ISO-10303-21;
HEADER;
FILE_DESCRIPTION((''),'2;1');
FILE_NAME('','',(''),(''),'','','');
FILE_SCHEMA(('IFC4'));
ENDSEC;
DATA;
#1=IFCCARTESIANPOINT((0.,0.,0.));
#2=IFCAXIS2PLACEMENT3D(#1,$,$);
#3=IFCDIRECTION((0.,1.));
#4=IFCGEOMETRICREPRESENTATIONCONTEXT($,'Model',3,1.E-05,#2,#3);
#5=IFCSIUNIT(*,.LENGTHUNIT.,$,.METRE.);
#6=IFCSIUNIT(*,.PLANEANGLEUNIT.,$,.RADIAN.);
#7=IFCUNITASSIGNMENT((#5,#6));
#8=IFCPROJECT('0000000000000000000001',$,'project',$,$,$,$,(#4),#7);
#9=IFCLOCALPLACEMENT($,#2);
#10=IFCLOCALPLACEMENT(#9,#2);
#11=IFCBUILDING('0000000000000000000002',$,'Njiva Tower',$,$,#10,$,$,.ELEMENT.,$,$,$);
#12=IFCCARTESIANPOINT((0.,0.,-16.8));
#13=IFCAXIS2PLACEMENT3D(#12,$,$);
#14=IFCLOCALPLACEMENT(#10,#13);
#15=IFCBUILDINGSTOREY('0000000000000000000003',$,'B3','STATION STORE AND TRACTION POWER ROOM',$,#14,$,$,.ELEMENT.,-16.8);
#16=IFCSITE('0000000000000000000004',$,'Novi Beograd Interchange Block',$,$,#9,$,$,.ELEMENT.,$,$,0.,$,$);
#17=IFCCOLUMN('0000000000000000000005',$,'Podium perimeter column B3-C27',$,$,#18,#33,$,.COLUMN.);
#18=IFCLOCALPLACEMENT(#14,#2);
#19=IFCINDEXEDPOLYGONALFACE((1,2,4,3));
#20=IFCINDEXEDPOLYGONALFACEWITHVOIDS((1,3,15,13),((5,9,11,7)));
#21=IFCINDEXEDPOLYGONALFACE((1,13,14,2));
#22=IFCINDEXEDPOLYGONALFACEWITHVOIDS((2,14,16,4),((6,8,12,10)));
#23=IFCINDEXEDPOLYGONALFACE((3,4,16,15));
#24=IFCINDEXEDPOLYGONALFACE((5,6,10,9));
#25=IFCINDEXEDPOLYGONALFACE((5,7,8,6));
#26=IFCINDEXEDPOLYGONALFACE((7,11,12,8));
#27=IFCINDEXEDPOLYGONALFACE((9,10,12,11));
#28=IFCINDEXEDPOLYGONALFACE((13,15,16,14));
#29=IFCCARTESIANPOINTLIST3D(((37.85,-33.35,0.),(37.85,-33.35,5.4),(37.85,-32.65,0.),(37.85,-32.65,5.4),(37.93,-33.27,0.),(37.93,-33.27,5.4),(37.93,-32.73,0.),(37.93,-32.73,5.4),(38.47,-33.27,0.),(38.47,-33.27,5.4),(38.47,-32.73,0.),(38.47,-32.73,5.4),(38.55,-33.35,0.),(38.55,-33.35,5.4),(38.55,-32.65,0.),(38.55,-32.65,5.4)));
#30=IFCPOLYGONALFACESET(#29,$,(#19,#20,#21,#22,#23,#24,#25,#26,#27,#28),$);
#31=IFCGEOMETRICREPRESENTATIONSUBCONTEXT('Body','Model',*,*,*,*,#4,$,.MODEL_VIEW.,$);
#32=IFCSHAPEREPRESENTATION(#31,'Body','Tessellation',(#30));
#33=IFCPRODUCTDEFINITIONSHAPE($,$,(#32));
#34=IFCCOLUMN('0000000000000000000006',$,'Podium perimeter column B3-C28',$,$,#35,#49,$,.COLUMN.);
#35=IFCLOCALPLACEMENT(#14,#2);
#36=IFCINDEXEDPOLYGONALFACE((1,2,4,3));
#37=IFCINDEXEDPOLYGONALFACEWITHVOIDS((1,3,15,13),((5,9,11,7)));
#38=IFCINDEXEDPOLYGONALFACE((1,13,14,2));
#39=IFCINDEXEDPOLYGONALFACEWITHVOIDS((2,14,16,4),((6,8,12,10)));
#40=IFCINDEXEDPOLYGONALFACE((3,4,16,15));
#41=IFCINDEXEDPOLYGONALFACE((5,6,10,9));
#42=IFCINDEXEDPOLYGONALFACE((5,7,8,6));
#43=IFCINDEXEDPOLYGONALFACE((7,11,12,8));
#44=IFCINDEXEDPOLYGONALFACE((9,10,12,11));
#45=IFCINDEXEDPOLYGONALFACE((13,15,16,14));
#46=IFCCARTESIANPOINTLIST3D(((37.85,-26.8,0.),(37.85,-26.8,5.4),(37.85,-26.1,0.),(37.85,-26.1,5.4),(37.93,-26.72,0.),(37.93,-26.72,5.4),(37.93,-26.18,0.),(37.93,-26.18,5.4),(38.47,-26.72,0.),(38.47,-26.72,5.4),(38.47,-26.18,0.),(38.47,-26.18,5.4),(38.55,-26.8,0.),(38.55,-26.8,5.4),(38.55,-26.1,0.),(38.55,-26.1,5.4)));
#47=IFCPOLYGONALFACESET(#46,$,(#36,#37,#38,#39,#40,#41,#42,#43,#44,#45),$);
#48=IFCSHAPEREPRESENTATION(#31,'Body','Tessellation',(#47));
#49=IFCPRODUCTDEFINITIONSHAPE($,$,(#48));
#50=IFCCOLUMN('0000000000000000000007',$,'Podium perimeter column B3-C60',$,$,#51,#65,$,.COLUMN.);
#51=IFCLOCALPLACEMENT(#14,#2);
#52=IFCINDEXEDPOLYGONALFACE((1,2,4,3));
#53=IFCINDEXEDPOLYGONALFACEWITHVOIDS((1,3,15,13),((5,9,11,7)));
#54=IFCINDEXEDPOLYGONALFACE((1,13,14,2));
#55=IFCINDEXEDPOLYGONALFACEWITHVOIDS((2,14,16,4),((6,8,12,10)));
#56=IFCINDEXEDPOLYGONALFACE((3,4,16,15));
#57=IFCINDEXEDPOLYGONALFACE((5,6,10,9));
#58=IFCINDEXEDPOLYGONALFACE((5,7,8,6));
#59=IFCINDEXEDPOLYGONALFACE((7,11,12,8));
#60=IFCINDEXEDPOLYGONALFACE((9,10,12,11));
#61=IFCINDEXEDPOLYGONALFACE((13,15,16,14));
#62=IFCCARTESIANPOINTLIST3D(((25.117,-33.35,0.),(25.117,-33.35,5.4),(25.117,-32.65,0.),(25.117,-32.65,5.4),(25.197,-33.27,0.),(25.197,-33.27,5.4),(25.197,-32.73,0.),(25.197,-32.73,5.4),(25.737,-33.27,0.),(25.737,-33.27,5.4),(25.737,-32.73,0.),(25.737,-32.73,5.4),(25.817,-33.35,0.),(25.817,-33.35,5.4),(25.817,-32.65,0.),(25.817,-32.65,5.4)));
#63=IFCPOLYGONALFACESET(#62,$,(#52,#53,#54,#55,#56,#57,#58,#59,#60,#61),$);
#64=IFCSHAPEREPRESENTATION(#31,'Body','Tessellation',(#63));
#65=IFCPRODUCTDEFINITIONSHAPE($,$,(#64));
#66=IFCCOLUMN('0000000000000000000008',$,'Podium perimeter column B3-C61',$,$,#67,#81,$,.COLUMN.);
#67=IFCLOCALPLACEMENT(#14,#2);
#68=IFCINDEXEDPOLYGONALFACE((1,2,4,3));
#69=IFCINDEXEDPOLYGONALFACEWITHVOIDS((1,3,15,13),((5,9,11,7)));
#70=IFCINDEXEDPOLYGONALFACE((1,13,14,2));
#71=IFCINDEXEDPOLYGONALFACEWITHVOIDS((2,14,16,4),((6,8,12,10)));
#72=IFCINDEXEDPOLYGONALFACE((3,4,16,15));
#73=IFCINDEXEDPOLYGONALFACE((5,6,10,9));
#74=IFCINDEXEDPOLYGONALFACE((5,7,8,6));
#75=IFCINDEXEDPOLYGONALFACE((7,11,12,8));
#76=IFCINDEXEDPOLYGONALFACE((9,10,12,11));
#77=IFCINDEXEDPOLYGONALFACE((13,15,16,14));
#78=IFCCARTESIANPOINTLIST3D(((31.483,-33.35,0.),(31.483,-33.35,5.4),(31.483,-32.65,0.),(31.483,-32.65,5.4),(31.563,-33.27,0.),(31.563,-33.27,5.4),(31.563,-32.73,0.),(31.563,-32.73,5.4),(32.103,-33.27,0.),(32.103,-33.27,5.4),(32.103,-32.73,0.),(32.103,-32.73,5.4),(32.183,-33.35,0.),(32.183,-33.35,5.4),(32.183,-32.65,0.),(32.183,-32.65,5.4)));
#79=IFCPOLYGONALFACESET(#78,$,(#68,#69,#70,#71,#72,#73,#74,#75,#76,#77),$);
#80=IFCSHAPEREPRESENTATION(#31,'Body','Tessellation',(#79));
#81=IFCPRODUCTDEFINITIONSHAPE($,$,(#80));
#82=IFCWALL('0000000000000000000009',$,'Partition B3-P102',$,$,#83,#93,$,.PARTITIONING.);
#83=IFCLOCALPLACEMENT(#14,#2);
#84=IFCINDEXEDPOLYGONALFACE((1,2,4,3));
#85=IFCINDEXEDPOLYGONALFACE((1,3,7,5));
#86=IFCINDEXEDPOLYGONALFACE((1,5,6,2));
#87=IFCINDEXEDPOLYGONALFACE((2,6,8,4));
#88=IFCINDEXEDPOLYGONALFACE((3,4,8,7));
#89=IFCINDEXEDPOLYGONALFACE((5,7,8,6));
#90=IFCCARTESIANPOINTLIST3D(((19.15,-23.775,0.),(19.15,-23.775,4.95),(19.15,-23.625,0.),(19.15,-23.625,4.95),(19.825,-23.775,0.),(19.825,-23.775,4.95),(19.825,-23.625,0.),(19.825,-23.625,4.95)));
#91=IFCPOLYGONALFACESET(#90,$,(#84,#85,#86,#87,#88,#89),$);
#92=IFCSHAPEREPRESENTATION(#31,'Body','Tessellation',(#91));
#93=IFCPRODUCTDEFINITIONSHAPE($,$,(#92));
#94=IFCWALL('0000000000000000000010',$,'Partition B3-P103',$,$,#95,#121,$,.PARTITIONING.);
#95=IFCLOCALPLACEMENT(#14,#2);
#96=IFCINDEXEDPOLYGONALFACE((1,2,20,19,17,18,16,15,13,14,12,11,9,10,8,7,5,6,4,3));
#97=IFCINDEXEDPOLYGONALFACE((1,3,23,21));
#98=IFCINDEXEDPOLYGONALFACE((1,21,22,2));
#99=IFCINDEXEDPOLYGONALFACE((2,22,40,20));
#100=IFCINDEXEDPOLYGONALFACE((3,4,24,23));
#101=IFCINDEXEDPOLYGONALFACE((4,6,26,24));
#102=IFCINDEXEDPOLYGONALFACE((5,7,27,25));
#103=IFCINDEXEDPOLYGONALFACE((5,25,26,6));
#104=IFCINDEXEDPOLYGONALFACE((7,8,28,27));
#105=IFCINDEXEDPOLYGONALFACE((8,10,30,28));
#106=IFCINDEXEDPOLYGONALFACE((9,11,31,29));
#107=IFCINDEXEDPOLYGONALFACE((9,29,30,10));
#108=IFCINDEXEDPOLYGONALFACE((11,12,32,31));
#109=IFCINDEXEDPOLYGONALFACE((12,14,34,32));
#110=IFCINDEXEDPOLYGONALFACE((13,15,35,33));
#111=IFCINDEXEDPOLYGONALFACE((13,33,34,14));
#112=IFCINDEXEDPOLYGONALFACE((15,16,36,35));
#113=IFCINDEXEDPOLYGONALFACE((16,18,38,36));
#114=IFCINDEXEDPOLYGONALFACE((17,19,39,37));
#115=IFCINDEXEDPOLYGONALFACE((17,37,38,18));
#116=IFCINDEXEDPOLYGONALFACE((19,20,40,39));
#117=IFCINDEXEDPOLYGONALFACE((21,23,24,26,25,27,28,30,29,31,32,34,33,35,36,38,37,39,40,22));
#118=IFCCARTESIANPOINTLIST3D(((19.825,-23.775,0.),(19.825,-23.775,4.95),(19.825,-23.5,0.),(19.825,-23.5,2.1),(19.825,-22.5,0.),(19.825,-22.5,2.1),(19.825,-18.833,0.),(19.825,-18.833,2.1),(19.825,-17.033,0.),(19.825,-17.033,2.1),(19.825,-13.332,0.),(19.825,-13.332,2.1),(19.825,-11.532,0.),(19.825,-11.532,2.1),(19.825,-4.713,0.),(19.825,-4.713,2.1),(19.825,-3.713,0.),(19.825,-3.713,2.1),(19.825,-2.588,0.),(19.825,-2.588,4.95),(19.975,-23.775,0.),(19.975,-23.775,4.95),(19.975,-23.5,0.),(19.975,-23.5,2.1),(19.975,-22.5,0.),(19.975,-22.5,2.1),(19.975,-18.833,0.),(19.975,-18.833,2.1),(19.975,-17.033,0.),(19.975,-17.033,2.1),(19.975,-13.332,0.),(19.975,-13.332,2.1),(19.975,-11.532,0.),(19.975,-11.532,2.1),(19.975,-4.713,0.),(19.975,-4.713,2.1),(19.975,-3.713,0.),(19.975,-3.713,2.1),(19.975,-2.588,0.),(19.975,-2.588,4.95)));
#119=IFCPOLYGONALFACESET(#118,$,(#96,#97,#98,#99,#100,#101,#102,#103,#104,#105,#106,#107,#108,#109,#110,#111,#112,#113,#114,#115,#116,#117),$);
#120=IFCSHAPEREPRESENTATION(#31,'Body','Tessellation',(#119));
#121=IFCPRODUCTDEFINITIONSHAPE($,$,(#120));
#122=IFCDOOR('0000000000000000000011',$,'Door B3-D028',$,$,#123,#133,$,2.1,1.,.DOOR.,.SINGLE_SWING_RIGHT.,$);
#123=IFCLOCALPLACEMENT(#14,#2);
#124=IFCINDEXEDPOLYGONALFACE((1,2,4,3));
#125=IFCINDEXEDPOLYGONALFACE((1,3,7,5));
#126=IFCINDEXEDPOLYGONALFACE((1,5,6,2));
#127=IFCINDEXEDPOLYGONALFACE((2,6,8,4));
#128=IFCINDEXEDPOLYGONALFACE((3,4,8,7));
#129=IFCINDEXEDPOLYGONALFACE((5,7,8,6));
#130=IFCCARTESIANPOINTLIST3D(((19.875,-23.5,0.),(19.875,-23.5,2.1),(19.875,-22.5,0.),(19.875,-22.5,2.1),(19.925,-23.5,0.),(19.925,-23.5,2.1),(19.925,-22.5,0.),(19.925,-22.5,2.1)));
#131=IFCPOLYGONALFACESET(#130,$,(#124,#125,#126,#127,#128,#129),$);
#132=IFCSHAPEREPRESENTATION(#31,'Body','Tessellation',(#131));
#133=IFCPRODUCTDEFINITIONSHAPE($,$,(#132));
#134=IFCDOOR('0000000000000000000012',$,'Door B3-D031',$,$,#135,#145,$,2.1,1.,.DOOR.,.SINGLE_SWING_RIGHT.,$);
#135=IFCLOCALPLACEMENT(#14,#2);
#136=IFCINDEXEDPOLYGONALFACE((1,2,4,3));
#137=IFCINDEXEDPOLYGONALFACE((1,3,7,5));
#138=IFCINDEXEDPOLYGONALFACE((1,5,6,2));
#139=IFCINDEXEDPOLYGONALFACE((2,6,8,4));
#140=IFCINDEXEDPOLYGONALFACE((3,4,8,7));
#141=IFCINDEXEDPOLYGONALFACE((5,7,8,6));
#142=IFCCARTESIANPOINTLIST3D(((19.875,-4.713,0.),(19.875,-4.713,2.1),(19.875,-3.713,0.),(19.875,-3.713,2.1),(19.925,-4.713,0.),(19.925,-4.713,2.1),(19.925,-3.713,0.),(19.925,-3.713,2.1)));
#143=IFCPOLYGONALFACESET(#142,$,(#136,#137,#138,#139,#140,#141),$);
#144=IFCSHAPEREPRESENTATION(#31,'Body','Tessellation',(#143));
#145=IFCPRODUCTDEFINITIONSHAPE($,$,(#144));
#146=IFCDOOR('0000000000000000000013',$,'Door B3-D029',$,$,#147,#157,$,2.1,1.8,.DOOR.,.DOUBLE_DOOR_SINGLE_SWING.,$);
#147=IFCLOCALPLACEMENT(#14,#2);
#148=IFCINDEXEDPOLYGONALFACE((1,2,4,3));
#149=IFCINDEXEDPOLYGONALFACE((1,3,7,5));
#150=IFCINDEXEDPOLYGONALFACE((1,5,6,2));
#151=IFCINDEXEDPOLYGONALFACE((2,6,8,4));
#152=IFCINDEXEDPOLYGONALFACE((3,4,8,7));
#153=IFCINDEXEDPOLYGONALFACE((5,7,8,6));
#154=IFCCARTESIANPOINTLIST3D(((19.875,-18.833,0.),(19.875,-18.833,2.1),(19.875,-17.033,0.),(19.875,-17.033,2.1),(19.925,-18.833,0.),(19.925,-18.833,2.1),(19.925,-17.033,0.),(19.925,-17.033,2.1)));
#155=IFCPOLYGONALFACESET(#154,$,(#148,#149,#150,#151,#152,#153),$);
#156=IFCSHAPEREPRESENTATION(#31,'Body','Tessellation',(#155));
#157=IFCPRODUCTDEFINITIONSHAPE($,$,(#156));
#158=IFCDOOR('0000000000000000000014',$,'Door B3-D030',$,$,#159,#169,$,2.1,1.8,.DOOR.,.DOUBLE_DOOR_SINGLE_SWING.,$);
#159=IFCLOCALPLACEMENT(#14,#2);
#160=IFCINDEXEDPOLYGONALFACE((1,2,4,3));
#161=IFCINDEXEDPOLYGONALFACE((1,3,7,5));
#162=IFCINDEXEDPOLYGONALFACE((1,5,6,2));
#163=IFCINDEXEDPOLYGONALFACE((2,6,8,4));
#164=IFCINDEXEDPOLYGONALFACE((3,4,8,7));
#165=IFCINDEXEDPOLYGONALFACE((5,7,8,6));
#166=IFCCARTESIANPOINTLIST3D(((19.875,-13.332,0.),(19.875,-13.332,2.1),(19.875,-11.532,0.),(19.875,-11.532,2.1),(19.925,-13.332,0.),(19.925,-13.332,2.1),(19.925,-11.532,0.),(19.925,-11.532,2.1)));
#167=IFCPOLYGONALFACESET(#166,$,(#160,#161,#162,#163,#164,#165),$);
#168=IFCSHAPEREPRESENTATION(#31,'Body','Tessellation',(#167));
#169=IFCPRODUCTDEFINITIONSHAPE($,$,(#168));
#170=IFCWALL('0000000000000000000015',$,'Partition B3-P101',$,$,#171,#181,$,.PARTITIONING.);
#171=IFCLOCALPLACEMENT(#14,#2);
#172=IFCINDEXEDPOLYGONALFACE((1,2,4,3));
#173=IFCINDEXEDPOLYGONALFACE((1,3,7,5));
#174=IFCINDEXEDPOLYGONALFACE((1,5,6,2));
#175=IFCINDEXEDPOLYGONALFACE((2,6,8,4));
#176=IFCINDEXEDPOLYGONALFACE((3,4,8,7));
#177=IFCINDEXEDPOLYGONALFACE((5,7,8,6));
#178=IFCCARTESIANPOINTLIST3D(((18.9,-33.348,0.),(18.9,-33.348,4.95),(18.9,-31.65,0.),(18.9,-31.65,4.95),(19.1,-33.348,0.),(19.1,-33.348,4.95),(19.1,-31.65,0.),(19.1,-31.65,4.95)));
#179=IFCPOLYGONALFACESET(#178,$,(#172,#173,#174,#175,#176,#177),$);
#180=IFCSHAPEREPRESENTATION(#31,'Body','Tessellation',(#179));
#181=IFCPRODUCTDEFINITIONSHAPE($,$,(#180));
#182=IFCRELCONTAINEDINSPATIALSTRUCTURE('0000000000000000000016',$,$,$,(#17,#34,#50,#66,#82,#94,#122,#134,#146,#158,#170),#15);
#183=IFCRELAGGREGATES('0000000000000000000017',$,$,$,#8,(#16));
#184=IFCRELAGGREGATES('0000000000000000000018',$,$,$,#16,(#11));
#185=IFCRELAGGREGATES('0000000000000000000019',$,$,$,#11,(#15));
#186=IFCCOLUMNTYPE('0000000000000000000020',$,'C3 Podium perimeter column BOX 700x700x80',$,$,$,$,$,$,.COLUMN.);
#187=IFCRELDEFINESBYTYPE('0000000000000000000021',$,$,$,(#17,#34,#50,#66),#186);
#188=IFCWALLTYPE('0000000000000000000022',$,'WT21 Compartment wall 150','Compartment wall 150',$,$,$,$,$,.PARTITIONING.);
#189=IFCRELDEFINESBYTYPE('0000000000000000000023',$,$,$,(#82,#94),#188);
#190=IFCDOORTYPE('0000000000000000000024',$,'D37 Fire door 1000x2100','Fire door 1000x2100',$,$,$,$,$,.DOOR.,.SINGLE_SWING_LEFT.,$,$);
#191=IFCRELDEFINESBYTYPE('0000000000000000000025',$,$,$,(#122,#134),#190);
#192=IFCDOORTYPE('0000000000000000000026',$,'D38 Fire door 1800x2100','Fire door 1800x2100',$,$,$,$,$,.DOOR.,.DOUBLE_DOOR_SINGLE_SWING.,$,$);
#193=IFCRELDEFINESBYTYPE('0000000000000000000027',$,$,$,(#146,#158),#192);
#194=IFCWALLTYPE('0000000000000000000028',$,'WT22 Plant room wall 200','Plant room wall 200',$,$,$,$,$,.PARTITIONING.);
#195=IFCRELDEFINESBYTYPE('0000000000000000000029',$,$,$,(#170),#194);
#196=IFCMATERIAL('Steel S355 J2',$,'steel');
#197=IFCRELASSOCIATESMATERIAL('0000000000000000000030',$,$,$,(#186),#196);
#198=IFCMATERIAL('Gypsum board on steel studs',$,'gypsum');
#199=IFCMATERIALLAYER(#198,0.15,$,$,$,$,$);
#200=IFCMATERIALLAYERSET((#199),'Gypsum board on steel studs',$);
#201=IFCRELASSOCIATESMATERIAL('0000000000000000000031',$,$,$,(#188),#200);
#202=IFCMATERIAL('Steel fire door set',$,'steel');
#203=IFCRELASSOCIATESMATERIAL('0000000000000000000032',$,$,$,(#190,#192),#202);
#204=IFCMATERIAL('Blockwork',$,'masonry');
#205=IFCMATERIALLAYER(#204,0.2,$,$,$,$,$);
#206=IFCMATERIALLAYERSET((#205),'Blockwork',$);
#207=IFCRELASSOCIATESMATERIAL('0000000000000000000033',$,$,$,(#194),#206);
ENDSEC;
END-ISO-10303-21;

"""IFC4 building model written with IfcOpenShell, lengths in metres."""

from ifc_helpers import new_model, si_unit, direction, frame, frame_2d, origin, origin_2d, place, context, subcontext, project, spatial, rectangle, hollow_rectangle, extrude, material, layer, layer_set, material_profile, profile_set, type_object, element, fill, save


model = new_model("IFC4")

# Units and contexts
model_context = context("Model", 3, precision=1e-05, world=origin(), true_north=direction((0.0, 1.0)))
body_context = subcontext(model_context, "Body", "Model", "MODEL_VIEW")
ifc_project = project(units=[si_unit("LENGTHUNIT", "METRE"), si_unit("PLANEANGLEUNIT", "RADIAN")], contexts=[model_context])

# Site, building, storey
site_placement = place(None, origin())
site = spatial("IfcSite", under=ifc_project, at=site_placement, Name="Novi Beograd Interchange Block", CompositionType="ELEMENT", RefElevation=0.0)
building_placement = place(site_placement, origin())
building = spatial("IfcBuilding", under=site, at=building_placement, Name="Njiva Tower", CompositionType="ELEMENT")
storey_placement = place(building_placement, frame((0.0, 0.0, -16.8)))
storey = spatial("IfcBuildingStorey", under=building, at=storey_placement, Name="B3", Description="STATION STORE AND TRACTION POWER ROOM", CompositionType="ELEMENT", Elevation=-16.8)

# Columns
ifc_material_1 = material(Name="Steel S355 J2", Category="steel")
ifc_material_profile_1 = material_profile(ifc_material_1, hollow_rectangle(XDim=0.7, YDim=0.7, WallThickness=0.08, at=origin_2d()), Name="BOX 700x700x80")
ifc_profile_set_1 = profile_set([ifc_material_profile_1], Name="Steel S355 J2")
column_type = type_object("IfcColumnType", Name="C3 Podium perimeter column BOX 700x700x80", PredefinedType="COLUMN", material=ifc_profile_set_1)
for number, where, z_axis, x_axis, name in (
    (1, (38.2, -33.0, 0.0), (0.0, 0.0, 1.0), (0.0, 1.0, 0.0), "Podium perimeter column B3-C27"),
    (2, (38.2, -26.45, 0.0), (0.0, 0.0, 1.0), (0.0, 1.0, 0.0), "Podium perimeter column B3-C28"),
    (3, (25.467, -33.0, 0.0), (0.0, 0.0, 1.0), (1.0, 0.0, 0.0), "Podium perimeter column B3-C60"),
    (4, (31.833, -33.0, 0.0), (0.0, 0.0, 1.0), (1.0, 0.0, 0.0), "Podium perimeter column B3-C61"),
):
    element("IfcColumn", number, at=place(storey_placement, frame(where, z_axis=z_axis, x_axis=x_axis)), inside=storey, type_object=column_type, Name=name, PredefinedType="COLUMN", context=body_context, shape_type="SweptSolid", body=[
        extrude(hollow_rectangle(XDim=0.7, YDim=0.7, WallThickness=0.08, at=origin_2d()), origin(), (0.0, 0.0, 1.0), 5.4),
    ])

# Wall
ifc_material_2 = material(Name="Gypsum board on steel studs", Category="gypsum")
ifc_layer_1 = layer(ifc_material_2, 0.15)
ifc_layer_set_1 = layer_set([ifc_layer_1], Name="Gypsum board on steel studs")
wall_type_1 = type_object("IfcWallType", Name="WT21 Compartment wall 150", Description="Compartment wall 150", PredefinedType="PARTITIONING", material=ifc_layer_set_1)
wall_1_placement = place(storey_placement, frame((19.15, -23.7, 0.0), z_axis=(0.0, 0.0, 1.0), x_axis=(1.0, 0.0, 0.0)))
element("IfcWall", 5, at=wall_1_placement, inside=storey, type_object=wall_type_1, Name="Partition B3-P102", PredefinedType="PARTITIONING", context=body_context, shape_type="SweptSolid", body=[
    extrude(rectangle(XDim=0.675, YDim=0.15, at=frame_2d((0.3375, 0.0))), origin(), (0.0, 0.0, 1.0), 4.95),
])

# Wall, openings, doors
wall_2_placement = place(storey_placement, frame((19.9, -23.775, 0.0), z_axis=(0.0, 0.0, 1.0), x_axis=(0.0, 1.0, 0.0)))
wall_2 = element("IfcWall", 6, at=wall_2_placement, inside=storey, type_object=wall_type_1, Name="Partition B3-P103", PredefinedType="PARTITIONING", context=body_context, shape_type="SweptSolid", body=[
    extrude(rectangle(XDim=21.187, YDim=0.15, at=frame_2d((10.5935, 0.0))), origin(), (0.0, 0.0, 1.0), 4.95),
])
opening_1_placement = place(wall_2_placement, frame((0.275, 0.0, 0.0)))
opening_1 = element("IfcOpeningElement", 7, at=opening_1_placement, cuts=wall_2, PredefinedType="OPENING", context=body_context, shape_type="SweptSolid", body=[
    extrude(rectangle(XDim=1.0, YDim=2.1, at=frame_2d((0.5, 1.05))), frame((0.0, 0.085, 0.0), z_axis=(0.0, -1.0, 0.0), x_axis=(1.0, 0.0, 0.0)), (0.0, 0.0, 1.0), 0.17),
])
opening_2_placement = place(wall_2_placement, frame((4.942, 0.0, 0.0)))
opening_2 = element("IfcOpeningElement", 8, at=opening_2_placement, cuts=wall_2, PredefinedType="OPENING", context=body_context, shape_type="SweptSolid", body=[
    extrude(rectangle(XDim=1.8, YDim=2.1, at=frame_2d((0.9, 1.05))), frame((0.0, 0.085, 0.0), z_axis=(0.0, -1.0, 0.0), x_axis=(1.0, 0.0, 0.0)), (0.0, 0.0, 1.0), 0.17),
])
opening_3_placement = place(wall_2_placement, frame((10.443, 0.0, 0.0)))
opening_3 = element("IfcOpeningElement", 9, at=opening_3_placement, cuts=wall_2, PredefinedType="OPENING", context=body_context, shape_type="SweptSolid", body=[
    extrude(rectangle(XDim=1.8, YDim=2.1, at=frame_2d((0.9, 1.05))), frame((0.0, 0.085, 0.0), z_axis=(0.0, -1.0, 0.0), x_axis=(1.0, 0.0, 0.0)), (0.0, 0.0, 1.0), 0.17),
])
opening_4_placement = place(wall_2_placement, frame((19.062, 0.0, 0.0)))
opening_4 = element("IfcOpeningElement", 10, at=opening_4_placement, cuts=wall_2, PredefinedType="OPENING", context=body_context, shape_type="SweptSolid", body=[
    extrude(rectangle(XDim=1.0, YDim=2.1, at=frame_2d((0.5, 1.05))), frame((0.0, 0.085, 0.0), z_axis=(0.0, -1.0, 0.0), x_axis=(1.0, 0.0, 0.0)), (0.0, 0.0, 1.0), 0.17),
])
ifc_material_3 = material(Name="Steel fire door set", Category="steel")
door_type_1 = type_object("IfcDoorType", Name="D37 Fire door 1000x2100", Description="Fire door 1000x2100", OperationType="SINGLE_SWING_LEFT", PredefinedType="DOOR", material=ifc_material_3)
door_1_placement = place(opening_1_placement, origin())
door_1 = element("IfcDoor", 11, at=door_1_placement, inside=storey, type_object=door_type_1, Name="Door B3-D028", OperationType="SINGLE_SWING_RIGHT", OverallHeight=2.1, OverallWidth=1.0, PredefinedType="DOOR", context=body_context, shape_type="SweptSolid", body=[
    extrude(rectangle(XDim=1.0, YDim=2.1, at=frame_2d((0.5, 1.05))), frame((0.0, 0.025, 0.0), z_axis=(0.0, -1.0, 0.0), x_axis=(1.0, 0.0, 0.0)), (0.0, 0.0, 1.0), 0.05),
])
fill(opening_1, door_1)
door_2_placement = place(opening_4_placement, origin())
door_2 = element("IfcDoor", 12, at=door_2_placement, inside=storey, type_object=door_type_1, Name="Door B3-D031", OperationType="SINGLE_SWING_RIGHT", OverallHeight=2.1, OverallWidth=1.0, PredefinedType="DOOR", context=body_context, shape_type="SweptSolid", body=[
    extrude(rectangle(XDim=1.0, YDim=2.1, at=frame_2d((0.5, 1.05))), frame((0.0, 0.025, 0.0), z_axis=(0.0, -1.0, 0.0), x_axis=(1.0, 0.0, 0.0)), (0.0, 0.0, 1.0), 0.05),
])
fill(opening_4, door_2)
door_type_2 = type_object("IfcDoorType", Name="D38 Fire door 1800x2100", Description="Fire door 1800x2100", OperationType="DOUBLE_DOOR_SINGLE_SWING", PredefinedType="DOOR", material=ifc_material_3)
door_3_placement = place(opening_2_placement, origin())
door_3 = element("IfcDoor", 13, at=door_3_placement, inside=storey, type_object=door_type_2, Name="Door B3-D029", OperationType="DOUBLE_DOOR_SINGLE_SWING", OverallHeight=2.1, OverallWidth=1.8, PredefinedType="DOOR", context=body_context, shape_type="SweptSolid", body=[
    extrude(rectangle(XDim=1.8, YDim=2.1, at=frame_2d((0.9, 1.05))), frame((0.0, 0.025, 0.0), z_axis=(0.0, -1.0, 0.0), x_axis=(1.0, 0.0, 0.0)), (0.0, 0.0, 1.0), 0.05),
])
fill(opening_2, door_3)
door_4_placement = place(opening_3_placement, origin())
door_4 = element("IfcDoor", 14, at=door_4_placement, inside=storey, type_object=door_type_2, Name="Door B3-D030", OperationType="DOUBLE_DOOR_SINGLE_SWING", OverallHeight=2.1, OverallWidth=1.8, PredefinedType="DOOR", context=body_context, shape_type="SweptSolid", body=[
    extrude(rectangle(XDim=1.8, YDim=2.1, at=frame_2d((0.9, 1.05))), frame((0.0, 0.025, 0.0), z_axis=(0.0, -1.0, 0.0), x_axis=(1.0, 0.0, 0.0)), (0.0, 0.0, 1.0), 0.05),
])
fill(opening_3, door_4)

# Wall
ifc_material_4 = material(Name="Blockwork", Category="masonry")
ifc_layer_2 = layer(ifc_material_4, 0.2)
ifc_layer_set_2 = layer_set([ifc_layer_2], Name="Blockwork")
wall_type_2 = type_object("IfcWallType", Name="WT22 Plant room wall 200", Description="Plant room wall 200", PredefinedType="PARTITIONING", material=ifc_layer_set_2)
wall_3_placement = place(storey_placement, frame((19.0, -33.348, 0.0), z_axis=(0.0, 0.0, 1.0), x_axis=(0.0, 1.0, 0.0)))
element("IfcWall", 15, at=wall_3_placement, inside=storey, type_object=wall_type_2, Name="Partition B3-P101", PredefinedType="PARTITIONING", context=body_context, shape_type="SweptSolid", body=[
    extrude(rectangle(XDim=1.698, YDim=0.2, at=frame_2d((0.849, 0.0))), origin(), (0.0, 0.0, 1.0), 4.95),
])

save(model, "model.ifc")
